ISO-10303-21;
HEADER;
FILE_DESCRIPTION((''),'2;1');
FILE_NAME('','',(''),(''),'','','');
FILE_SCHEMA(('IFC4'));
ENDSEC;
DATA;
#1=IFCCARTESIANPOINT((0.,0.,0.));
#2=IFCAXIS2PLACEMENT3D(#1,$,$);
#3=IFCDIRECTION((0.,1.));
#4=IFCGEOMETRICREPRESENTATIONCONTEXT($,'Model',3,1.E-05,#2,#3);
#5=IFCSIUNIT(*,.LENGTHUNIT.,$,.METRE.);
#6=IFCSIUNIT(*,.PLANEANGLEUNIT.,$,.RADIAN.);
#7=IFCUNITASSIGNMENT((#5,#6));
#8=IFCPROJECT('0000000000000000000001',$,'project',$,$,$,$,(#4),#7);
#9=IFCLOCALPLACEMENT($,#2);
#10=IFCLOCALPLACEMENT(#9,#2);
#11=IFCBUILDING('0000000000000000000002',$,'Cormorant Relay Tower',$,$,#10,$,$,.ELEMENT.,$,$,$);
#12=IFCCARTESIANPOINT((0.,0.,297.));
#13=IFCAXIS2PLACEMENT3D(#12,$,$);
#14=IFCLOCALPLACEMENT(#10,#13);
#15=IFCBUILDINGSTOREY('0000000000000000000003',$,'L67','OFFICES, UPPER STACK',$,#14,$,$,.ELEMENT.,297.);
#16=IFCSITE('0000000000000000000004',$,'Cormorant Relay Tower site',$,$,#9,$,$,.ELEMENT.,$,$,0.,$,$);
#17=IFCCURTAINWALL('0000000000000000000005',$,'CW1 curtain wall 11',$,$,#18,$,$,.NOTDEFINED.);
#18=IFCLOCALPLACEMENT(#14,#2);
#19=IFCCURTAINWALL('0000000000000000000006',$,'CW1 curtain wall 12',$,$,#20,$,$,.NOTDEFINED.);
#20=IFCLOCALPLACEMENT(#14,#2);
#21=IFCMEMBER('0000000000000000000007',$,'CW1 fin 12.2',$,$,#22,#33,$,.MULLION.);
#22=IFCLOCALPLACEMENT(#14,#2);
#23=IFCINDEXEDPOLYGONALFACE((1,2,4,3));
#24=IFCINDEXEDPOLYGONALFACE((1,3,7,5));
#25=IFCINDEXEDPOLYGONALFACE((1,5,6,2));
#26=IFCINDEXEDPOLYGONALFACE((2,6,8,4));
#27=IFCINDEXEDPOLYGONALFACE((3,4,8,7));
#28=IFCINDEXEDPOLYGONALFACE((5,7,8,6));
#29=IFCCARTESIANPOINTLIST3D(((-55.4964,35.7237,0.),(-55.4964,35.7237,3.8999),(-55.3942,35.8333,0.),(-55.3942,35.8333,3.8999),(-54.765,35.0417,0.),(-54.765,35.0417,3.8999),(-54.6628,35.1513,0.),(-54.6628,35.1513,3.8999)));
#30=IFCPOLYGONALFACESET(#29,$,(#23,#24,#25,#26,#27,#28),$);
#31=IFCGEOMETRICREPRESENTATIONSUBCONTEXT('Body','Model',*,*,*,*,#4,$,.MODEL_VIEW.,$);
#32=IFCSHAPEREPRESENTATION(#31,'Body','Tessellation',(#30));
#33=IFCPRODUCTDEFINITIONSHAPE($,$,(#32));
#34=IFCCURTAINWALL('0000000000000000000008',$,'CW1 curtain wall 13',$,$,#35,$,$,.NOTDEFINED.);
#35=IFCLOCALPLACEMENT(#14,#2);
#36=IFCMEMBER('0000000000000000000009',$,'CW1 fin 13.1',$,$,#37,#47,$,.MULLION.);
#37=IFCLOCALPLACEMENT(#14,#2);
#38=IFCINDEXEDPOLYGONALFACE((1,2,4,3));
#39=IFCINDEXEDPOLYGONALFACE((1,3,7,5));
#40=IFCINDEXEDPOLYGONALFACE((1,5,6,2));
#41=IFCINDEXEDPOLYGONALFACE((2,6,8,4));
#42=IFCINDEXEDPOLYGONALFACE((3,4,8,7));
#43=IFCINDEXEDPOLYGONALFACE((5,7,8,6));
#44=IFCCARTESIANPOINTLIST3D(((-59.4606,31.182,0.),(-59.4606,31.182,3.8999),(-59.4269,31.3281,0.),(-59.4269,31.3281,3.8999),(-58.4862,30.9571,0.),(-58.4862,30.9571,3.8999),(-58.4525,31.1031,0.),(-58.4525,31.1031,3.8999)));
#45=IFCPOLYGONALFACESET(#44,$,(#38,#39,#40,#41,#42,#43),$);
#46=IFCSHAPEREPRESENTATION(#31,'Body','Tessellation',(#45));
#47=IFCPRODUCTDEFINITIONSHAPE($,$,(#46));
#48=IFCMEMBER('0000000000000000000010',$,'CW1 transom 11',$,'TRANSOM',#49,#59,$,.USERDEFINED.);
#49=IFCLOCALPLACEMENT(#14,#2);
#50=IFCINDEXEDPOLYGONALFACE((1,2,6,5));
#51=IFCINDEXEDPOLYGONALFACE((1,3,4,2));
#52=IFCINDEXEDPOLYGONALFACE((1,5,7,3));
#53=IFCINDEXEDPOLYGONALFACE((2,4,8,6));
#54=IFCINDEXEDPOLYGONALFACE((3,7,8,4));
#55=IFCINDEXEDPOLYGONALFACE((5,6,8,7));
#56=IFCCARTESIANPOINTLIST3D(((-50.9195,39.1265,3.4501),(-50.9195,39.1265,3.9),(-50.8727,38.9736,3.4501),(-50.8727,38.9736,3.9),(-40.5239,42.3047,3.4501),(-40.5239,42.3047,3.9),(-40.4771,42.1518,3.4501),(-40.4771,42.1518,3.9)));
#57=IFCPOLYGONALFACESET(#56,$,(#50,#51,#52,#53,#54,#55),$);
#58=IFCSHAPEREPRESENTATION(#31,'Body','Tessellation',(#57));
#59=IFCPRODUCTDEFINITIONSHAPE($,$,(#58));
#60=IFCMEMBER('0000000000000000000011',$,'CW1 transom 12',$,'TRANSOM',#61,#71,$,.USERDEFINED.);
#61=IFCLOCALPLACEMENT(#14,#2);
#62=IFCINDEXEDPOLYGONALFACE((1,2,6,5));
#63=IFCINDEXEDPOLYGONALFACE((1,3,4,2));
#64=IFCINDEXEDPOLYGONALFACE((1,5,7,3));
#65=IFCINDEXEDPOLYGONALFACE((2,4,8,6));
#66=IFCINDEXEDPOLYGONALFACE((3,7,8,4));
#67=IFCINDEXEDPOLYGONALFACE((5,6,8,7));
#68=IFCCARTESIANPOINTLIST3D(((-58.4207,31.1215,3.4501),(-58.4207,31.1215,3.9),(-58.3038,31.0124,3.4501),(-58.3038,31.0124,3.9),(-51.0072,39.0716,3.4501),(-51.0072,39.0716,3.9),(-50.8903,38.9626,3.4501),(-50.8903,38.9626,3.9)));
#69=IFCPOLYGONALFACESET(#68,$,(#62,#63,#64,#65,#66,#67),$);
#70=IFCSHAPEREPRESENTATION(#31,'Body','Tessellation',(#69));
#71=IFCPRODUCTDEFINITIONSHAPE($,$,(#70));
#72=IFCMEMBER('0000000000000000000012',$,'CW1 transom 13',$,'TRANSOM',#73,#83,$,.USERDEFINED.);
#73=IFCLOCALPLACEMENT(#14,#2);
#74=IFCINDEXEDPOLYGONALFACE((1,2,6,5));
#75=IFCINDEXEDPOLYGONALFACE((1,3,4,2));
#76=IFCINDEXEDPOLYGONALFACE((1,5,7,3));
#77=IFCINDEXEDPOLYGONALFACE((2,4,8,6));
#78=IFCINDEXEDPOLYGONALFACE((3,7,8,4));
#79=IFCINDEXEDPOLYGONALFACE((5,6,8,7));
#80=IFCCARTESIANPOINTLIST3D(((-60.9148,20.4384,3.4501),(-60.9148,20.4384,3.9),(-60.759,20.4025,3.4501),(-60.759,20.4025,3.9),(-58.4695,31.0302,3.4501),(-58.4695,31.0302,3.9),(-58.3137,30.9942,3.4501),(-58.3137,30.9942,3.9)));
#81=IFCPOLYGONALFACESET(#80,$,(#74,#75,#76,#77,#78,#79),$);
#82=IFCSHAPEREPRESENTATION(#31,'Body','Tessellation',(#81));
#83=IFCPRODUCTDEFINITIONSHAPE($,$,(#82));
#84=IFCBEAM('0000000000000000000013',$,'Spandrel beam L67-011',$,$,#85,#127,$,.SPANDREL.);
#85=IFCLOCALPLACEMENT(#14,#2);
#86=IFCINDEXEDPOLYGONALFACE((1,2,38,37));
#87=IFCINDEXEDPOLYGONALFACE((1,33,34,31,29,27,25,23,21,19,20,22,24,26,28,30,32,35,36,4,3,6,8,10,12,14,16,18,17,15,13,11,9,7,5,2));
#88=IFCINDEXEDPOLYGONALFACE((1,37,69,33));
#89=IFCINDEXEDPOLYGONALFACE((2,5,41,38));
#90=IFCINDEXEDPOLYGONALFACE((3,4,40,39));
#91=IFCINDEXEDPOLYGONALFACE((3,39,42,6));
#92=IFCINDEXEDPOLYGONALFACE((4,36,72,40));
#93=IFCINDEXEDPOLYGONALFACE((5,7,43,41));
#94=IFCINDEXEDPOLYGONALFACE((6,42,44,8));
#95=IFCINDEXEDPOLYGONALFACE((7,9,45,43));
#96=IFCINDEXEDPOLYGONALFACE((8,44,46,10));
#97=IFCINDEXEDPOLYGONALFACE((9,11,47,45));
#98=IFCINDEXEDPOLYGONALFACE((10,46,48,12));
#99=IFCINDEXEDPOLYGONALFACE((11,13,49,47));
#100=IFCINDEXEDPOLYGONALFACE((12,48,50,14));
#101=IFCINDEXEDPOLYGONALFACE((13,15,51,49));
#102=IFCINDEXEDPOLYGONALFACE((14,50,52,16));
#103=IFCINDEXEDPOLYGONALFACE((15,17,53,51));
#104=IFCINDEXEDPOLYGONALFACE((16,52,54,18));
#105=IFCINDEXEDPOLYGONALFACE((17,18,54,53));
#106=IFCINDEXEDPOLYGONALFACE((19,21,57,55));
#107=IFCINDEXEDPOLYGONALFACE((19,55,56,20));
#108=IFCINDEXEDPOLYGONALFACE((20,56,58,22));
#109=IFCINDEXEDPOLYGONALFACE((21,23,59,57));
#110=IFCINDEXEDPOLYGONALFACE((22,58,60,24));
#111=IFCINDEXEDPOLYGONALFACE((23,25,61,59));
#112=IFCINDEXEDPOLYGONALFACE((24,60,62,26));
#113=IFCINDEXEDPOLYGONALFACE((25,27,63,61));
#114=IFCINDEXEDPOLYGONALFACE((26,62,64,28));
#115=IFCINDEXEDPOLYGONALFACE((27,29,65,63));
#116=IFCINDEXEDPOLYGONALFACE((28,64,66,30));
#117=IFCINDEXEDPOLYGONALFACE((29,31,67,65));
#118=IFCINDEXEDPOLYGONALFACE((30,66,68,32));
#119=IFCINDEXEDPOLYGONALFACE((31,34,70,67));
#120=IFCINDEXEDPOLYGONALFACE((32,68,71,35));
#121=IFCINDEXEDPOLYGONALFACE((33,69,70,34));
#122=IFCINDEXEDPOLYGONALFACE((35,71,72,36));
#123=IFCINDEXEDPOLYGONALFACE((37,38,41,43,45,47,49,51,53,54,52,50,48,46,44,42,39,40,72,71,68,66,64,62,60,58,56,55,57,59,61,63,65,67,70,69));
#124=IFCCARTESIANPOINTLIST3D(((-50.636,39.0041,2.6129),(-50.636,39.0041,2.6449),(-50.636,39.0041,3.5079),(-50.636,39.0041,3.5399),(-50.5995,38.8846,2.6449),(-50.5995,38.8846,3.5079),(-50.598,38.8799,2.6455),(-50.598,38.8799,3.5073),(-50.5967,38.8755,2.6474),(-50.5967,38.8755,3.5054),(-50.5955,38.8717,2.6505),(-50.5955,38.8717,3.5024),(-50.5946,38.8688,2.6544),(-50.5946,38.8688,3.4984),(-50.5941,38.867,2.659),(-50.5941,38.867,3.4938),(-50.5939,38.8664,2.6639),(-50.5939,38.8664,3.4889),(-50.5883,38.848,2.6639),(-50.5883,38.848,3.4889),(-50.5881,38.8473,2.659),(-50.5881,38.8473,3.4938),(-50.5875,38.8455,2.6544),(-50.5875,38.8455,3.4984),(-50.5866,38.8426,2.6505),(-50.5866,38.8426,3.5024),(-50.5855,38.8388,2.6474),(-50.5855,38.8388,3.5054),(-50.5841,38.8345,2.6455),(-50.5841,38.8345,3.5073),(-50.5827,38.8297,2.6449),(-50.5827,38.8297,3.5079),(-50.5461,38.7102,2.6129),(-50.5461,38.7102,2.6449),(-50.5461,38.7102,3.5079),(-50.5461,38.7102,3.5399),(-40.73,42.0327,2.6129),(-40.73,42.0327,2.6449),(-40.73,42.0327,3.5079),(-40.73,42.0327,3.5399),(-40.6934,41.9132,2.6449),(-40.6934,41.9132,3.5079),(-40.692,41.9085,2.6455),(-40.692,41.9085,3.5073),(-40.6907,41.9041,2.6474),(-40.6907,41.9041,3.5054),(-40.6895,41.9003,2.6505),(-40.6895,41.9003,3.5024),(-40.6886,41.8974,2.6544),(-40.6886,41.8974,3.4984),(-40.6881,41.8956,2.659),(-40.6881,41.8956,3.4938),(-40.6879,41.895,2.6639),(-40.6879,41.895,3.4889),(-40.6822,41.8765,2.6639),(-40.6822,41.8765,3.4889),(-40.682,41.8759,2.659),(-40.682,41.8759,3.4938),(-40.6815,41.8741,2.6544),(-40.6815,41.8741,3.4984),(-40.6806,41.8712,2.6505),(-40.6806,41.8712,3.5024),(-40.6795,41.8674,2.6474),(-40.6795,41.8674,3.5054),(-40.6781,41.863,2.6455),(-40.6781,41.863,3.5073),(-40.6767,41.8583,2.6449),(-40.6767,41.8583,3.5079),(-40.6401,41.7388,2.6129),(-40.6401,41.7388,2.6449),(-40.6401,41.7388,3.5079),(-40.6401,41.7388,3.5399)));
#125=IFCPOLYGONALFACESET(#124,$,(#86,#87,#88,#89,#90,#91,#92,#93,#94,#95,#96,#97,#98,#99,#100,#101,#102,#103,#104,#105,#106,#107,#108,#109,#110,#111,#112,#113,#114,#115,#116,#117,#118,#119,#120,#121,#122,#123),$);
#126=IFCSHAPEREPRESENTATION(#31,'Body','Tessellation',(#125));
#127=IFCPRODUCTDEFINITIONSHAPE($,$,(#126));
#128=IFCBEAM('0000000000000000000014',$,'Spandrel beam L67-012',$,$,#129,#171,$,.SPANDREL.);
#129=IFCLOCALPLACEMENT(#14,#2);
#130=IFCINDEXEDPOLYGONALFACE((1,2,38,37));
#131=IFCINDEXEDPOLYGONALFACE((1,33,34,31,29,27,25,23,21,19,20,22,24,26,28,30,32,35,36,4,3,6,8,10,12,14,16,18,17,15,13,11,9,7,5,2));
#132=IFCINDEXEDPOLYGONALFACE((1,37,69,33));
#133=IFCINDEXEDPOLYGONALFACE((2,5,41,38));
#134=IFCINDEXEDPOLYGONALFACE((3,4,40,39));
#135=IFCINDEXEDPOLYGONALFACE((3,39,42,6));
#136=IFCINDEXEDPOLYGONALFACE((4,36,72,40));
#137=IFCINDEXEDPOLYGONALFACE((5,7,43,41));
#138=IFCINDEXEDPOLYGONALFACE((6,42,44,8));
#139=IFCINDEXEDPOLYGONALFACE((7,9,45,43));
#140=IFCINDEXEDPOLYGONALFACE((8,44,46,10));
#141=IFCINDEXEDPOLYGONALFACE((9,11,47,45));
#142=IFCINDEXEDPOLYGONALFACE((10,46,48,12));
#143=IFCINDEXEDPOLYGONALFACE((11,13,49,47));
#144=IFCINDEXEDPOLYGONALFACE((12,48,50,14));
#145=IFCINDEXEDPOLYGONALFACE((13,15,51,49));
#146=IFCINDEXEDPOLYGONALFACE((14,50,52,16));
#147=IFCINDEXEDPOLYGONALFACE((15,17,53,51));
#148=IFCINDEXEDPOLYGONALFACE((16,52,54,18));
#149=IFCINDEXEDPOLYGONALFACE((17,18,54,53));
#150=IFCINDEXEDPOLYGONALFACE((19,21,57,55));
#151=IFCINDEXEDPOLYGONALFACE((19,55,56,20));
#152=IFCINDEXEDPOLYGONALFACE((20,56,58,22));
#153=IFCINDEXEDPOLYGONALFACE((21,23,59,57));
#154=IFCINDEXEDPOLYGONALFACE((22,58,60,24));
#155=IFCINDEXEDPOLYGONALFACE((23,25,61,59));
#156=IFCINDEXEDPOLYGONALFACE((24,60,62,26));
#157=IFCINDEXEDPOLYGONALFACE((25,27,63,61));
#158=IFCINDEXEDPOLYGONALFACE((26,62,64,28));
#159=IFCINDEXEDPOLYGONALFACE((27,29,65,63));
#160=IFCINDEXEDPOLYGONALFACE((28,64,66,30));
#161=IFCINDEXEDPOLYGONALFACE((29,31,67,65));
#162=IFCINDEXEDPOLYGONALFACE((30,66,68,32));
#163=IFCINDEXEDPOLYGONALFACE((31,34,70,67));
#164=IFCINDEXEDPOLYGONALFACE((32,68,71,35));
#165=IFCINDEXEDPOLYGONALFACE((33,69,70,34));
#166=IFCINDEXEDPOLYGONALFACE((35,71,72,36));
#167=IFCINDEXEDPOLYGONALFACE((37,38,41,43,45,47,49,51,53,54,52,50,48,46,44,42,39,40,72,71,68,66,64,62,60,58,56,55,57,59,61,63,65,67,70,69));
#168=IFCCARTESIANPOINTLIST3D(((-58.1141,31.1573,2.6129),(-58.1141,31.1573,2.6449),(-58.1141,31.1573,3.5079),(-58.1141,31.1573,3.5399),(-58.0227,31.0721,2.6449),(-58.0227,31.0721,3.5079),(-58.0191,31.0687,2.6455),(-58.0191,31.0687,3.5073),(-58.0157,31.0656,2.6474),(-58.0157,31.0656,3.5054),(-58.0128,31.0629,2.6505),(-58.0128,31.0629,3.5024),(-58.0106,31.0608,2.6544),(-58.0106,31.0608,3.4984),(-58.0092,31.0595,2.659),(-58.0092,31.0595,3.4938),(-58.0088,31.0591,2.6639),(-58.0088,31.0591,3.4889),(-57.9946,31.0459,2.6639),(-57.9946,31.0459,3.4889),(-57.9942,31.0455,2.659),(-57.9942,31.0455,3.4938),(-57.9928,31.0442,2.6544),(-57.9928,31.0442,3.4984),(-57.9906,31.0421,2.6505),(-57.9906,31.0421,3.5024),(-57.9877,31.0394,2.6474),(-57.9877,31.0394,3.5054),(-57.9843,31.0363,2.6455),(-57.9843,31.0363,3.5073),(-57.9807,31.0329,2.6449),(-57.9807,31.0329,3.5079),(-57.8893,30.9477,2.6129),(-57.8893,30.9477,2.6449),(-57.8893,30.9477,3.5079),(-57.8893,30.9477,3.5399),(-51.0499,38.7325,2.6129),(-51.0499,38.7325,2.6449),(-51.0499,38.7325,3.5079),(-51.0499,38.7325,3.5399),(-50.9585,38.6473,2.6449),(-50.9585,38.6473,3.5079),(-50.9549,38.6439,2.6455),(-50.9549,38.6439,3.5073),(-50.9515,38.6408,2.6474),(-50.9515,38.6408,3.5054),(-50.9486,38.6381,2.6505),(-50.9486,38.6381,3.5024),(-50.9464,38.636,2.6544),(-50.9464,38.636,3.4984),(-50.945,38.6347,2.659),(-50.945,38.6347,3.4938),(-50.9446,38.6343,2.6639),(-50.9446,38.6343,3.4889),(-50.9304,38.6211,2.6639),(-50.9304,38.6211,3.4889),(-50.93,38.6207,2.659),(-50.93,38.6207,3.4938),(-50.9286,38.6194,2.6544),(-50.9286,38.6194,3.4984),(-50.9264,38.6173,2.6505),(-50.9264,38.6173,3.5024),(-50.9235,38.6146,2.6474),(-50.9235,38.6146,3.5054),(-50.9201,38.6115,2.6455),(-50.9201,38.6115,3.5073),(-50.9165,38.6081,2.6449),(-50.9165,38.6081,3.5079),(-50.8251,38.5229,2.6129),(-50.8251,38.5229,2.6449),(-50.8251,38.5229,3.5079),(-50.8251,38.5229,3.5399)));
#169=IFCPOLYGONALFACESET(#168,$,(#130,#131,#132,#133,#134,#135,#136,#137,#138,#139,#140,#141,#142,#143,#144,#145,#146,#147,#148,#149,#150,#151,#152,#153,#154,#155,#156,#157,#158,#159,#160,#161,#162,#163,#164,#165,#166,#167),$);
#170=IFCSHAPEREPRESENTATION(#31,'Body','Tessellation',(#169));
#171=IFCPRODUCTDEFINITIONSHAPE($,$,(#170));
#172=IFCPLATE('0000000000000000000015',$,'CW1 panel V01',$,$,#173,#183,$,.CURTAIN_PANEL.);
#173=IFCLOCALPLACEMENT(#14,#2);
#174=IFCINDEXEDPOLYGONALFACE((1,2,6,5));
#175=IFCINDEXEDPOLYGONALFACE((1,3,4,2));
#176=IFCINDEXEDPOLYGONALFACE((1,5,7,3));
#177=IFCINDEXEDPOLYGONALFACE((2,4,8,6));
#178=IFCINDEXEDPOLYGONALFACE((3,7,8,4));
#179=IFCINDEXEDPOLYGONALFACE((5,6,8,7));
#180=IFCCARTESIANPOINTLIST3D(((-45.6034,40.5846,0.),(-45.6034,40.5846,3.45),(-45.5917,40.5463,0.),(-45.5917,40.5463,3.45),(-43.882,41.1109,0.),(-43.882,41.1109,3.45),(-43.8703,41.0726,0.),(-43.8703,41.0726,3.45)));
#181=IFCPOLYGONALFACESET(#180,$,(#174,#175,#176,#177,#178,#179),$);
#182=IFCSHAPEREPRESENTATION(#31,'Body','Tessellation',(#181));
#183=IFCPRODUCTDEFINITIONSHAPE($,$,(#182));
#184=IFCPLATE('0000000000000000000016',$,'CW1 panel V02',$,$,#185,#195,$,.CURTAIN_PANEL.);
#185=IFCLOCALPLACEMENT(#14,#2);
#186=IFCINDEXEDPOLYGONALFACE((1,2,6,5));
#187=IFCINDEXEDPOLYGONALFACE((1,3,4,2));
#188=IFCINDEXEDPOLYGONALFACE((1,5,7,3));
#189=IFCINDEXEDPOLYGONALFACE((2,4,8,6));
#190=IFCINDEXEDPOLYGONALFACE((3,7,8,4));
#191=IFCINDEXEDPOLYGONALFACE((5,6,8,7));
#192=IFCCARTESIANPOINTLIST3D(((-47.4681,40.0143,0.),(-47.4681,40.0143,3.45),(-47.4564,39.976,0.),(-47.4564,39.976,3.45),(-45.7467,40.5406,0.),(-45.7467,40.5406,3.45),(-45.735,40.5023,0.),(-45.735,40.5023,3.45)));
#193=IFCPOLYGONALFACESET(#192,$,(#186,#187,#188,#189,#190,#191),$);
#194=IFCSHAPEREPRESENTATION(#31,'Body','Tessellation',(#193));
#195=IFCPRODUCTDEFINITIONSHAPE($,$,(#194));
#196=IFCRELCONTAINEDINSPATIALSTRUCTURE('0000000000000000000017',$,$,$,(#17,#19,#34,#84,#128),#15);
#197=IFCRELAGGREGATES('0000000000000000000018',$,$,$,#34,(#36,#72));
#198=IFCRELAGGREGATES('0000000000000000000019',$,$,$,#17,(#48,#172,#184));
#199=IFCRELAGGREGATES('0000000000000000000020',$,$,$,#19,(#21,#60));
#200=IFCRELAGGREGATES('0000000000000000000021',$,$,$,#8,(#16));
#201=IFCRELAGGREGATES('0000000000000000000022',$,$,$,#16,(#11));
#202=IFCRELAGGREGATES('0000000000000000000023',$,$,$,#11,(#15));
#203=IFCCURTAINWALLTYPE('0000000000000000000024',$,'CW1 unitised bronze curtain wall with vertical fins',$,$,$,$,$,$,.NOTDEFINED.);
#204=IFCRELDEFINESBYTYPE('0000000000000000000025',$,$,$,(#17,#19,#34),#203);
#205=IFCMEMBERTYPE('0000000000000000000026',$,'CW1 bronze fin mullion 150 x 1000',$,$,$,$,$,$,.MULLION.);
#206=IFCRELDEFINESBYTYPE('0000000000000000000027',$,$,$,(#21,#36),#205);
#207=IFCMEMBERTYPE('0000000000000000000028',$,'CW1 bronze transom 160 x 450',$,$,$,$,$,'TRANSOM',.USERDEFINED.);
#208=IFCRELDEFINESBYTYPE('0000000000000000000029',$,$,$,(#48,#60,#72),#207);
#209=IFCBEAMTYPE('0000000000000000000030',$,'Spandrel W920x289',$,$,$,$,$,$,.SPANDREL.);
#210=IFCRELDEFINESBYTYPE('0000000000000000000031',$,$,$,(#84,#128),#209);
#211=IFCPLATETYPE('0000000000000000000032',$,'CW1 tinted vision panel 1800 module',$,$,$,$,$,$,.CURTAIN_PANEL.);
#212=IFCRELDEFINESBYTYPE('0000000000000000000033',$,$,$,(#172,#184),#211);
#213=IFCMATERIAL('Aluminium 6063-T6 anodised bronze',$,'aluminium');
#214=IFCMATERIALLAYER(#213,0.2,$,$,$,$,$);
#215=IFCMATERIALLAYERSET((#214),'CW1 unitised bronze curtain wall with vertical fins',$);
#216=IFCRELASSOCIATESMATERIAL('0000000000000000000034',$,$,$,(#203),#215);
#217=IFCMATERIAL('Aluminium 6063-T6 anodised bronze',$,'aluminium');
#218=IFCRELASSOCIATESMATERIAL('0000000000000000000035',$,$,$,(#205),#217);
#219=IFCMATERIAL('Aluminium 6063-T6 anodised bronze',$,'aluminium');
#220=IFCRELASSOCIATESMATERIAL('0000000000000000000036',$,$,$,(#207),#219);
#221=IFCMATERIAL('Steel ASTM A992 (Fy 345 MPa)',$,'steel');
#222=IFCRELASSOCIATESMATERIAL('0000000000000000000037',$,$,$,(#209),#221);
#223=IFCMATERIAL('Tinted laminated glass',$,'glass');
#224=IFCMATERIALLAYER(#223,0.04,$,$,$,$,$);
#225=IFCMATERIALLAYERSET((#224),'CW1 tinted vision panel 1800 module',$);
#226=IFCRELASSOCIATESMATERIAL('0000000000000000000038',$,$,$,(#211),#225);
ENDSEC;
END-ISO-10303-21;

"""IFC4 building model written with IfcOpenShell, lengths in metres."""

from ifc_helpers import new_model, si_unit, direction, frame, origin, origin_2d, place, context, subcontext, project, spatial, rectangle, i_section, extrude, material, layer, layer_set, material_profile, profile_set, type_object, element, aggregate, save


model = new_model("IFC4")

# Units and contexts
model_context = context("Model", 3, precision=1e-05, world=origin(), true_north=direction((0.0, 1.0)))
body_context = subcontext(model_context, "Body", "Model", "MODEL_VIEW")
ifc_project = project(units=[si_unit("LENGTHUNIT", "METRE"), si_unit("PLANEANGLEUNIT", "RADIAN")], contexts=[model_context])

# Site, building, storey
site_placement = place(None, origin())
site = spatial("IfcSite", under=ifc_project, at=site_placement, Name="Cormorant Relay Tower site", CompositionType="ELEMENT", RefElevation=0.0)
building_placement = place(site_placement, origin())
building = spatial("IfcBuilding", under=site, at=building_placement, Name="Cormorant Relay Tower", CompositionType="ELEMENT")
storey_placement = place(building_placement, frame((0.0, 0.0, 297.0)))
storey = spatial("IfcBuildingStorey", under=building, at=storey_placement, Name="L67", Description="OFFICES, UPPER STACK", CompositionType="ELEMENT", Elevation=297.0)

# Shared definitions
ifc_material_1 = material(Name="Aluminium 6063-T6 anodised bronze", Category="aluminium")
ifc_layer_1 = layer(ifc_material_1, 0.2)
ifc_layer_set_1 = layer_set([ifc_layer_1], Name="CW1 unitised bronze curtain wall with vertical fins")
curtain_wall_type = type_object("IfcCurtainWallType", Name="CW1 unitised bronze curtain wall with vertical fins", PredefinedType="NOTDEFINED", material=ifc_layer_set_1)
ifc_material_2 = material(Name="Aluminium 6063-T6 anodised bronze", Category="aluminium")
ifc_material_profile_1 = material_profile(ifc_material_2, rectangle(XDim=0.1499, YDim=1.0, at=origin_2d()), Name="AL 150x1000")
ifc_profile_set_1 = profile_set([ifc_material_profile_1], Name="Aluminium 6063-T6 anodised bronze")
member_type_1 = type_object("IfcMemberType", Name="CW1 bronze fin mullion 150 x 1000", PredefinedType="MULLION", material=ifc_profile_set_1)

# Curtain walls, member
curtain_wall_1_placement = place(storey_placement, origin())
curtain_wall_1 = element("IfcCurtainWall", 1, at=curtain_wall_1_placement, inside=storey, type_object=curtain_wall_type, Name="CW1 curtain wall 11", PredefinedType="NOTDEFINED")
curtain_wall_2_placement = place(storey_placement, origin())
curtain_wall_2 = element("IfcCurtainWall", 2, at=curtain_wall_2_placement, inside=storey, type_object=curtain_wall_type, Name="CW1 curtain wall 12", PredefinedType="NOTDEFINED")
member_1_placement = place(storey_placement, frame((-55.0796, 35.4375, 0.0), z_axis=(0.0, 0.0, 1.0), x_axis=(-0.681998, -0.731354, 0.0)))
member_1 = element("IfcMember", 3, at=member_1_placement, type_object=member_type_1, Name="CW1 fin 12.2", PredefinedType="MULLION", context=body_context, shape_type="SweptSolid", body=[
    extrude(rectangle(XDim=0.1499, YDim=1.0, at=origin_2d()), origin(), (0.0, 0.0, 1.0), 3.8999),
])

# Curtain wall, member
curtain_wall_3_placement = place(storey_placement, origin())
curtain_wall_3 = element("IfcCurtainWall", 4, at=curtain_wall_3_placement, inside=storey, type_object=curtain_wall_type, Name="CW1 curtain wall 13", PredefinedType="NOTDEFINED")
member_2_placement = place(storey_placement, frame((-58.9565, 31.1426, 0.0), z_axis=(0.0, 0.0, 1.0), x_axis=(-0.224951, -0.97437, 0.0)))
member_2 = element("IfcMember", 5, at=member_2_placement, type_object=member_type_1, Name="CW1 fin 13.1", PredefinedType="MULLION", context=body_context, shape_type="SweptSolid", body=[
    extrude(rectangle(XDim=0.1499, YDim=1.0, at=origin_2d()), origin(), (0.0, 0.0, 1.0), 3.8999),
])

# Members
ifc_material_3 = material(Name="Aluminium 6063-T6 anodised bronze", Category="aluminium")
ifc_material_profile_2 = material_profile(ifc_material_3, rectangle(XDim=0.1599, YDim=0.45, at=origin_2d()), Name="AL 160x450")
ifc_profile_set_2 = profile_set([ifc_material_profile_2], Name="Aluminium 6063-T6 anodised bronze")
member_type_2 = type_object("IfcMemberType", Name="CW1 bronze transom 160 x 450", ElementType="TRANSOM", PredefinedType="USERDEFINED", material=ifc_profile_set_2)
member_3_placement = place(storey_placement, frame((-40.5005, 42.2283, 3.675), z_axis=(-0.956305, -0.292371, 0.0), x_axis=(0.292371, -0.956305, 0.0)))
member_3 = element("IfcMember", 6, at=member_3_placement, type_object=member_type_2, Name="CW1 transom 11", ObjectType="TRANSOM", PredefinedType="USERDEFINED", context=body_context, shape_type="SweptSolid", body=[
    extrude(rectangle(XDim=0.1599, YDim=0.45, at=origin_2d()), origin(), (0.0, 0.0, 1.0), 10.8706),
])
member_4_placement = place(storey_placement, frame((-50.9487, 39.0171, 3.675), z_axis=(-0.681993, -0.731358, 0.0), x_axis=(0.731358, -0.681993, 0.0)))
member_4 = element("IfcMember", 7, at=member_4_placement, type_object=member_type_2, Name="CW1 transom 12", ObjectType="TRANSOM", PredefinedType="USERDEFINED", context=body_context, shape_type="SweptSolid", body=[
    extrude(rectangle(XDim=0.1599, YDim=0.45, at=origin_2d()), origin(), (0.0, 0.0, 1.0), 10.8704),
])
member_5_placement = place(storey_placement, frame((-58.3916, 31.0122, 3.675), z_axis=(-0.224951, -0.97437, 0.0), x_axis=(0.97437, -0.224951, 0.0)))
member_5 = element("IfcMember", 8, at=member_5_placement, type_object=member_type_2, Name="CW1 transom 13", ObjectType="TRANSOM", PredefinedType="USERDEFINED", context=body_context, shape_type="SweptSolid", body=[
    extrude(rectangle(XDim=0.1599, YDim=0.45, at=origin_2d()), origin(), (0.0, 0.0, 1.0), 10.8704),
])
aggregate(curtain_wall_3, [member_2, member_5])

# Beams
ifc_material_4 = material(Name="Steel ASTM A992 (Fy 345 MPa)", Category="steel")
ifc_material_profile_3 = material_profile(ifc_material_4, i_section(OverallWidth=0.3074, OverallDepth=0.927, WebThickness=0.0193, FlangeThickness=0.032, FilletRadius=0.019, at=origin_2d()), Name="W920x289")
ifc_profile_set_3 = profile_set([ifc_material_profile_3], Name="Steel ASTM A992 (Fy 345 MPa)")
beam_type = type_object("IfcBeamType", Name="Spandrel W920x289", PredefinedType="SPANDREL", material=ifc_profile_set_3)
beam_1_placement = place(storey_placement, frame((-40.6851, 41.8857, 3.0764), z_axis=(-0.956305, -0.292371, 0.0), x_axis=(0.292371, -0.956305, 0.0)))
element("IfcBeam", 9, at=beam_1_placement, inside=storey, type_object=beam_type, Name="Spandrel beam L67-011", PredefinedType="SPANDREL", context=body_context, shape_type="SweptSolid", body=[
    extrude(i_section(OverallWidth=0.3074, OverallDepth=0.927, WebThickness=0.0193, FlangeThickness=0.032, FilletRadius=0.019, at=origin_2d()), origin(), (0.0, 0.0, 1.0), 10.3586),
])
beam_2_placement = place(storey_placement, frame((-50.9375, 38.6277, 3.0764), z_axis=(-0.68201, -0.731343, 0.0), x_axis=(0.731343, -0.68201, 0.0)))
element("IfcBeam", 10, at=beam_2_placement, inside=storey, type_object=beam_type, Name="Spandrel beam L67-012", PredefinedType="SPANDREL", context=body_context, shape_type="SweptSolid", body=[
    extrude(i_section(OverallWidth=0.3074, OverallDepth=0.927, WebThickness=0.0193, FlangeThickness=0.032, FilletRadius=0.019, at=origin_2d()), origin(), (0.0, 0.0, 1.0), 10.3579),
])

# Plates
ifc_material_5 = material(Name="Tinted laminated glass", Category="glass")
ifc_layer_2 = layer(ifc_material_5, 0.04)
ifc_layer_set_2 = layer_set([ifc_layer_2], Name="CW1 tinted vision panel 1800 module")
plate_type_1 = type_object("IfcPlateType", Name="CW1 tinted vision panel 1800 module", PredefinedType="CURTAIN_PANEL", material=ifc_layer_set_2)
plate_1_placement = place(storey_placement, frame((-44.7368, 40.8286, 0.0), z_axis=(0.0, 0.0, 1.0), x_axis=(-0.956305, -0.292372, 0.0)))
plate_1 = element("IfcPlate", 11, at=plate_1_placement, type_object=plate_type_1, Name="CW1 panel V01", PredefinedType="CURTAIN_PANEL", context=body_context, shape_type="SweptSolid", body=[
    extrude(rectangle(XDim=1.8, YDim=0.04, at=origin_2d()), origin(), (0.0, 0.0, 1.0), 3.45),
])
plate_2_placement = place(storey_placement, frame((-46.6016, 40.2583, 0.0), z_axis=(0.0, 0.0, 1.0), x_axis=(-0.956305, -0.292372, 0.0)))
plate_2 = element("IfcPlate", 12, at=plate_2_placement, type_object=plate_type_1, Name="CW1 panel V02", PredefinedType="CURTAIN_PANEL", context=body_context, shape_type="SweptSolid", body=[
    extrude(rectangle(XDim=1.8, YDim=0.04, at=origin_2d()), origin(), (0.0, 0.0, 1.0), 3.45),
])

aggregate(curtain_wall_1, [member_3, plate_1, plate_2])
aggregate(curtain_wall_2, [member_1, member_4])

save(model, "model.ifc")
